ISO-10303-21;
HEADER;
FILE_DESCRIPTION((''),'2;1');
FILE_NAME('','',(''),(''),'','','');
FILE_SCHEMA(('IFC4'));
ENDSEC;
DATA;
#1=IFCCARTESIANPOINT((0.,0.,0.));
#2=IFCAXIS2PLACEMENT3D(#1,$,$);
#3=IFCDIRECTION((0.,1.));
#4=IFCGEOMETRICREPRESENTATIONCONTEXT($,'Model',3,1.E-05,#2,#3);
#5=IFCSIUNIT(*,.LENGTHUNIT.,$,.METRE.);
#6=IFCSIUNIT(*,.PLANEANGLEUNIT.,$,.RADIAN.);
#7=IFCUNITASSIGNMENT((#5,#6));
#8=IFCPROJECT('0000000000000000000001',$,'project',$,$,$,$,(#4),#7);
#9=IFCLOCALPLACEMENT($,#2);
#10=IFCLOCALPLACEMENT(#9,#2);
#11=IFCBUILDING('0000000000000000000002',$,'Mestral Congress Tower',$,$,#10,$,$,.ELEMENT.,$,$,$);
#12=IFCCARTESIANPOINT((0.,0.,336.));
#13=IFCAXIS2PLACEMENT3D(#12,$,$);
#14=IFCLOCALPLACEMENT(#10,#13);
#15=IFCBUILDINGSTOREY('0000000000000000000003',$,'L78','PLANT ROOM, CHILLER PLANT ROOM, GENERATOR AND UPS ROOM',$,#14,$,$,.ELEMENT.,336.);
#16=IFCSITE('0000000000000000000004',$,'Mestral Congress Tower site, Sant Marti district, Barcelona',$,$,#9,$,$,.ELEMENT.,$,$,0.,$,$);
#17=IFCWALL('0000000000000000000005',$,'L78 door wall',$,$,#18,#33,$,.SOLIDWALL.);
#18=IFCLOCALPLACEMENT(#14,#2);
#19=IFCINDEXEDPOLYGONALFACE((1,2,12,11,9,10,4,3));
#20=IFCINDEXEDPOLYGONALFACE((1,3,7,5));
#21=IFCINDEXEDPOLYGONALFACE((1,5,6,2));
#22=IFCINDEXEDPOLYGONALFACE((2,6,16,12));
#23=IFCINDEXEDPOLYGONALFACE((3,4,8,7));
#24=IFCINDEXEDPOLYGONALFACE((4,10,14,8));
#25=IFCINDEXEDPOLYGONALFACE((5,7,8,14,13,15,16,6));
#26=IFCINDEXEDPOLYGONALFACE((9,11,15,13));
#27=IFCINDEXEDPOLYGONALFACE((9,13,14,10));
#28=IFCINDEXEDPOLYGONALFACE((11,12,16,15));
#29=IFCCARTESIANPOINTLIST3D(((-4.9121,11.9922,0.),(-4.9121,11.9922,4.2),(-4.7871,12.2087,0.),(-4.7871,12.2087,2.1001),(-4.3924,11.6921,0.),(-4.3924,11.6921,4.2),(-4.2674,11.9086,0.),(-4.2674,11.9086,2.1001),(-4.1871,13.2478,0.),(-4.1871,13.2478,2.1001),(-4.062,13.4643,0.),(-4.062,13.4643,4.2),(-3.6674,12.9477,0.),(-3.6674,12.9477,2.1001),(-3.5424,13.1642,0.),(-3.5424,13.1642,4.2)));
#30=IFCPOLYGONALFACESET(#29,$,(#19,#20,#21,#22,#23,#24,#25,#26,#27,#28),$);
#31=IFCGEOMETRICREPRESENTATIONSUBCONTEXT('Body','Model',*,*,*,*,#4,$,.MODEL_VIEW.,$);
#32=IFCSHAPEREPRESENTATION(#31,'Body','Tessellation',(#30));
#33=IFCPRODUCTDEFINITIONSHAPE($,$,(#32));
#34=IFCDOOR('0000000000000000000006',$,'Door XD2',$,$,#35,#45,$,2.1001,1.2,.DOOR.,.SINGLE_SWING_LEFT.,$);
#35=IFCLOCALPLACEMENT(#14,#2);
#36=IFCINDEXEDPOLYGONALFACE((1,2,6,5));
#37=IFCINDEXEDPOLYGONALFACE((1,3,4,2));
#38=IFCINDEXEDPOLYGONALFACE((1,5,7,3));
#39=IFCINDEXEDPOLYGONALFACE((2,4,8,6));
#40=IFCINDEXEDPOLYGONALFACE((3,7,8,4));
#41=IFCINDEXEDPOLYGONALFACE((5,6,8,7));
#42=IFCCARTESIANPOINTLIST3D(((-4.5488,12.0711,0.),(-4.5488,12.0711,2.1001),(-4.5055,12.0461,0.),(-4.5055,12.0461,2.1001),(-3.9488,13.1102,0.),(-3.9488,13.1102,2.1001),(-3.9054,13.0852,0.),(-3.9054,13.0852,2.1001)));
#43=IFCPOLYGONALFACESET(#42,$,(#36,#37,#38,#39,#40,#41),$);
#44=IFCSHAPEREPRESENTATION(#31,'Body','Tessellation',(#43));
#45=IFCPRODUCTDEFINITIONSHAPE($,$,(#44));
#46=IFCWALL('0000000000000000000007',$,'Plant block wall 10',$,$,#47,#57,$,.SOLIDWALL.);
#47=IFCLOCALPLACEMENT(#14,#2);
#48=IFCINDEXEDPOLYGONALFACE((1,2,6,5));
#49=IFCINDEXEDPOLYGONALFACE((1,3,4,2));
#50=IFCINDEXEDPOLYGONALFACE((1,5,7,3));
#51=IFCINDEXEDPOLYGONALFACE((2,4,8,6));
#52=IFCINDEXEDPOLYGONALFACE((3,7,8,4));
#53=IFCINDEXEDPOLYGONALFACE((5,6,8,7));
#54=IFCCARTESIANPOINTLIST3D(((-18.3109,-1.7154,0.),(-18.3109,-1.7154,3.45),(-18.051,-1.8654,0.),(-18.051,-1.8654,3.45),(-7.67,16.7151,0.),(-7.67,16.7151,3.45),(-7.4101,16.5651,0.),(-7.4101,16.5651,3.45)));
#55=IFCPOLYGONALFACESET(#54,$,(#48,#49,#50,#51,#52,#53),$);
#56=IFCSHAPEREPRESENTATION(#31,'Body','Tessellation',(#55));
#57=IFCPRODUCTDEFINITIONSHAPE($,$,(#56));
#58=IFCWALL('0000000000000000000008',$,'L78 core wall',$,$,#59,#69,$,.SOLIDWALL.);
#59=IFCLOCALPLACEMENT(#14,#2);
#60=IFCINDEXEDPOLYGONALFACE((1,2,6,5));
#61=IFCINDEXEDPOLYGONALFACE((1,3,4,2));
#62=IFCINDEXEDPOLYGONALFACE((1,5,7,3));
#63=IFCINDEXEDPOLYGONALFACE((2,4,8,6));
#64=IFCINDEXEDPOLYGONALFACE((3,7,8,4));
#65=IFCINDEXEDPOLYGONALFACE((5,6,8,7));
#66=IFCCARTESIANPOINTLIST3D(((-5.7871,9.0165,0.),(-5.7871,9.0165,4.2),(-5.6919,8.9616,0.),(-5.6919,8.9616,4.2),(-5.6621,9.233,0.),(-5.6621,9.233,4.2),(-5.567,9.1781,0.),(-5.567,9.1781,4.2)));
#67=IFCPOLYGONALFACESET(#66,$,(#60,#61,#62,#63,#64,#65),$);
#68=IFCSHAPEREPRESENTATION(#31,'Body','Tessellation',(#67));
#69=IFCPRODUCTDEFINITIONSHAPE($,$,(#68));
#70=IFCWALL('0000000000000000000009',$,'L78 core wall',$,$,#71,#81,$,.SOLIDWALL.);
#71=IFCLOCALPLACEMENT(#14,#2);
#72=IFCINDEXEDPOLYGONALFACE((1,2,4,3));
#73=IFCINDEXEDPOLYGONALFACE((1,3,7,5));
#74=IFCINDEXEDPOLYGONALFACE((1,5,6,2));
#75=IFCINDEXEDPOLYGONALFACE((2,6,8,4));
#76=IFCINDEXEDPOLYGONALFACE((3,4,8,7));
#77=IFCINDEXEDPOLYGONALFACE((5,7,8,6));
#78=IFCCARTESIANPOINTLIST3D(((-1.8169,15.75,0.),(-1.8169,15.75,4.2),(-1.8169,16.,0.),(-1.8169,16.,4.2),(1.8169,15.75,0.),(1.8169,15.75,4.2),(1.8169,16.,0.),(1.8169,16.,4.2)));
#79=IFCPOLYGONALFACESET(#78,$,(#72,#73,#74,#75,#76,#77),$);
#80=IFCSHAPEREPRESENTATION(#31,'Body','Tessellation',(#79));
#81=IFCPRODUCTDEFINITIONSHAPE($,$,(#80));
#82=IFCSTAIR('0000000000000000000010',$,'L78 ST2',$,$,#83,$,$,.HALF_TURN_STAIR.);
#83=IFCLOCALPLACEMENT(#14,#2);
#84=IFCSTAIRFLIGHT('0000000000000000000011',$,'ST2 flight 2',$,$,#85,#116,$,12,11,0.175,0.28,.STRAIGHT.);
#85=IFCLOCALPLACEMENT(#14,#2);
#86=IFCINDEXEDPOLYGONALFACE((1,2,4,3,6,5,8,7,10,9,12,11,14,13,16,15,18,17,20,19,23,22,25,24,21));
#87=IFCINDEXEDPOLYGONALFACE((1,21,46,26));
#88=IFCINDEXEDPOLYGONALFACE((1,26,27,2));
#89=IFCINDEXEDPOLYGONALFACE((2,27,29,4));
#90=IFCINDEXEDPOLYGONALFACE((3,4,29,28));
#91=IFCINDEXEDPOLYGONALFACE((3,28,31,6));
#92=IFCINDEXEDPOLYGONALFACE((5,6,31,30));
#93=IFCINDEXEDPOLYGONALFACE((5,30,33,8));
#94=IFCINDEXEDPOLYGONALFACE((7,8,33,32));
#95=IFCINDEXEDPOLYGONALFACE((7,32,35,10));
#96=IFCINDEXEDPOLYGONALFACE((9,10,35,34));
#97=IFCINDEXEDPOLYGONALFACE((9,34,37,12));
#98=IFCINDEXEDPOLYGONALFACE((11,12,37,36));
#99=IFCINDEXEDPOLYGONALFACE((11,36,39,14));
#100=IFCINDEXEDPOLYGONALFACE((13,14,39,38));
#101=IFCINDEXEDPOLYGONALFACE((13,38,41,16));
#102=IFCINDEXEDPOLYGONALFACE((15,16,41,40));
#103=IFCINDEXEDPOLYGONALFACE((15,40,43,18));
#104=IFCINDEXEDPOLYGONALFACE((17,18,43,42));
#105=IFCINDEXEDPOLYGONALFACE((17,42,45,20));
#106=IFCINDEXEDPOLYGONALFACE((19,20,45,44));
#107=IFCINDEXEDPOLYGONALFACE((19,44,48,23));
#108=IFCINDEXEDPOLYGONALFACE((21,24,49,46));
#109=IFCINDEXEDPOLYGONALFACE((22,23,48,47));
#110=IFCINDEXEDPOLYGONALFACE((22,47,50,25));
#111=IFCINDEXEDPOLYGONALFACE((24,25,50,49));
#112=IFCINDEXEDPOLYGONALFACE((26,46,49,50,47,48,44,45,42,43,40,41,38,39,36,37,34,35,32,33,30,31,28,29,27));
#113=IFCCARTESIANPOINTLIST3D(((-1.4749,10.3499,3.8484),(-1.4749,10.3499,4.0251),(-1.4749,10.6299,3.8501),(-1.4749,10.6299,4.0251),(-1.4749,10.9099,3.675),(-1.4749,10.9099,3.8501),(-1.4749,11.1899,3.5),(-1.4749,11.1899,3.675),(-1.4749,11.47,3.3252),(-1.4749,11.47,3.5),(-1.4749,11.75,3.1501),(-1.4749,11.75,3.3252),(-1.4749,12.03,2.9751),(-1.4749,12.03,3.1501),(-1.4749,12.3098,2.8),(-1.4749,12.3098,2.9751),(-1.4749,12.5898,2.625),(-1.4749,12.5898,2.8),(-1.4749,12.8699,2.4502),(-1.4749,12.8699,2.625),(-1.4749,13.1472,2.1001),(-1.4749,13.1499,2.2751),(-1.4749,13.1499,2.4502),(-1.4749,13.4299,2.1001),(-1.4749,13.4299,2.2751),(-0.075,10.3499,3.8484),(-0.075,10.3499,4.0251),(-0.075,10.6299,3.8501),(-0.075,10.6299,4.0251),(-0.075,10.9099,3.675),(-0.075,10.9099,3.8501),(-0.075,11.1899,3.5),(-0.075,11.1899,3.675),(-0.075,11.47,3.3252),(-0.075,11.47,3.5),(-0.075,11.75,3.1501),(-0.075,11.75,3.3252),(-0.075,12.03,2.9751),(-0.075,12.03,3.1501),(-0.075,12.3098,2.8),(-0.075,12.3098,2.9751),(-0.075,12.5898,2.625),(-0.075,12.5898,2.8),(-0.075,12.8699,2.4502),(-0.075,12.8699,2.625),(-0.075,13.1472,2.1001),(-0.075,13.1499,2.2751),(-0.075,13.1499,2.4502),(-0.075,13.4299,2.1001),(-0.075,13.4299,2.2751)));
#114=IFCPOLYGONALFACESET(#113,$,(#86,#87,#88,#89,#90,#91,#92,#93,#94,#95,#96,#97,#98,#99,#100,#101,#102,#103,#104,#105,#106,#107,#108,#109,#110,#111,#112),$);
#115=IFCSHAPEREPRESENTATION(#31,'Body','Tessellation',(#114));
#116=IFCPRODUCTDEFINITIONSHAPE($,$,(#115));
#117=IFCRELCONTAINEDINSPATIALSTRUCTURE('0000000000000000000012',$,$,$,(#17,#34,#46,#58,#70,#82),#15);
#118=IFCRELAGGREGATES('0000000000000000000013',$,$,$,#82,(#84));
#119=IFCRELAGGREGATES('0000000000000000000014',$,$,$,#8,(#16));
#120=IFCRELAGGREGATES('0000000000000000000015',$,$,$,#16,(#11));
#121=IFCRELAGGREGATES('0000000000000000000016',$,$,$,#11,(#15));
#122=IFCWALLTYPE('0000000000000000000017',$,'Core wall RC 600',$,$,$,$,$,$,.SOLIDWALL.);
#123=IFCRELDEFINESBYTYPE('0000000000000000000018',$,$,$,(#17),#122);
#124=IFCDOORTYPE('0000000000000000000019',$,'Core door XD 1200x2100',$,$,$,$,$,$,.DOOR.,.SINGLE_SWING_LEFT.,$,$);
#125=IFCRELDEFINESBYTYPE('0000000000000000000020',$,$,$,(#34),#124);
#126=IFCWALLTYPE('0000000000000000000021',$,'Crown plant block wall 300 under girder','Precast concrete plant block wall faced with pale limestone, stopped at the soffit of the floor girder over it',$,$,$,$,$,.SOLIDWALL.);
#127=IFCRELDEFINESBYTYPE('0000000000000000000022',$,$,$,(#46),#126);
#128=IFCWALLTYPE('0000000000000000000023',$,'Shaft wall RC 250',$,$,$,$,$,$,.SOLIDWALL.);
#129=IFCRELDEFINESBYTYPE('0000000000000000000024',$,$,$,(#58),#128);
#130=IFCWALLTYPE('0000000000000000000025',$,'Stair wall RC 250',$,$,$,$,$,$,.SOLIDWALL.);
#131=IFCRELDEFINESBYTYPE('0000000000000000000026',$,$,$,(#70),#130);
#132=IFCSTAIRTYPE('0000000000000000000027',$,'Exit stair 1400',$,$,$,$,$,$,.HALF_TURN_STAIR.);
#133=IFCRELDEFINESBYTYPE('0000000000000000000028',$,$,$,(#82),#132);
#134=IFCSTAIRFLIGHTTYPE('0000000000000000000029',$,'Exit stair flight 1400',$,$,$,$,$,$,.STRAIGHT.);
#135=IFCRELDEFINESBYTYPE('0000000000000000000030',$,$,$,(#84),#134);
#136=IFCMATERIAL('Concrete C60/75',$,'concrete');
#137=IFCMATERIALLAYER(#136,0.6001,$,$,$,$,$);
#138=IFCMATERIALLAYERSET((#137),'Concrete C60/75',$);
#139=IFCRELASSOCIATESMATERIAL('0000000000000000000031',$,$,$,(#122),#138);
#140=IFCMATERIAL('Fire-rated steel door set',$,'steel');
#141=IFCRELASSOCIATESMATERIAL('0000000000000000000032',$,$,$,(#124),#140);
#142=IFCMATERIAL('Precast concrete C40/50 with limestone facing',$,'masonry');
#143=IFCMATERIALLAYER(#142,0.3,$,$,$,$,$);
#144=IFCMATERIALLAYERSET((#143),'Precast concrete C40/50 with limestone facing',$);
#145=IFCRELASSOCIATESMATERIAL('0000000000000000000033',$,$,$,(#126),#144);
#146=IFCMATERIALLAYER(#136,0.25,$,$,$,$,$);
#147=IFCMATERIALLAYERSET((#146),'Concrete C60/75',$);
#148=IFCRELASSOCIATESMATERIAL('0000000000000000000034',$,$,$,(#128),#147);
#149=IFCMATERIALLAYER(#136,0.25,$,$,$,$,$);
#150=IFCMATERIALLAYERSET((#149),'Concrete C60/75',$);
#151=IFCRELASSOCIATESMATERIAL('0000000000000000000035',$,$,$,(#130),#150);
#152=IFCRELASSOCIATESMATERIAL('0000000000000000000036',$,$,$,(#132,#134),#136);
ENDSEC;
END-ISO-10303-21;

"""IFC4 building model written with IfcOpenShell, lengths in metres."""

from ifc_helpers import new_model, si_unit, direction, frame, frame_2d, origin, place, context, subcontext, project, spatial, polyline, rectangle, outline, extrude, material, layer, layer_set, type_object, element, fill, aggregate, save


model = new_model("IFC4")

# Units and contexts
model_context = context("Model", 3, precision=1e-05, world=origin(), true_north=direction((0.0, 1.0)))
body_context = subcontext(model_context, "Body", "Model", "MODEL_VIEW")
ifc_project = project(units=[si_unit("LENGTHUNIT", "METRE"), si_unit("PLANEANGLEUNIT", "RADIAN")], contexts=[model_context])

# Site, building, storey
site_placement = place(None, origin())
site = spatial("IfcSite", under=ifc_project, at=site_placement, Name="Mestral Congress Tower site, Sant Marti district, Barcelona", CompositionType="ELEMENT", RefElevation=0.0)
building_placement = place(site_placement, origin())
building = spatial("IfcBuilding", under=site, at=building_placement, Name="Mestral Congress Tower", CompositionType="ELEMENT")
storey_placement = place(building_placement, frame((0.0, 0.0, 336.0)))
storey = spatial("IfcBuildingStorey", under=building, at=storey_placement, Name="L78", Description="PLANT ROOM, CHILLER PLANT ROOM, GENERATOR AND UPS ROOM", CompositionType="ELEMENT", Elevation=336.0)

# Shared definitions
placement = place(storey_placement, origin())

# Shared definitions
ifc_material_1 = material(Name="Concrete C60/75", Category="concrete")
ifc_layer_1 = layer(ifc_material_1, 0.6001)
ifc_layer_set_1 = layer_set([ifc_layer_1], Name="Concrete C60/75")
wall_type_1 = type_object("IfcWallType", Name="Core wall RC 600", PredefinedType="SOLIDWALL", material=ifc_layer_set_1)

# Wall, opening, door
wall_1_placement = place(storey_placement, frame((-4.6523, 11.842, 0.0), z_axis=(0.0, 0.0, 1.0), x_axis=(0.500062, 0.865989, 0.0)))
wall_1 = element("IfcWall", 1, at=wall_1_placement, inside=storey, type_object=wall_type_1, Name="L78 door wall", PredefinedType="SOLIDWALL", context=body_context, shape_type="SweptSolid", body=[
    extrude(rectangle(XDim=1.7, YDim=0.6001, at=frame_2d((0.8501, 0.0))), origin(), (0.0, 0.0, 1.0), 4.2),
])
opening_placement = place(wall_1_placement, frame((0.25, 0.0, 0.0)))
opening = element("IfcOpeningElement", 2, at=opening_placement, cuts=wall_1, PredefinedType="OPENING", context=body_context, shape_type="SweptSolid", body=[
    extrude(rectangle(XDim=1.2, YDim=2.1001, at=frame_2d((0.6001, 1.05))), frame((0.0, 0.3101, 0.0), z_axis=(0.0, -1.0, 0.0), x_axis=(1.0, 0.0, 0.0)), (0.0, 0.0, 1.0), 0.6201),
])
ifc_material_2 = material(Name="Fire-rated steel door set", Category="steel")
door_type = type_object("IfcDoorType", Name="Core door XD 1200x2100", OperationType="SINGLE_SWING_LEFT", PredefinedType="DOOR", material=ifc_material_2)
door_placement = place(opening_placement, origin())
door = element("IfcDoor", 3, at=door_placement, inside=storey, type_object=door_type, Name="Door XD2", OperationType="SINGLE_SWING_LEFT", OverallHeight=2.1001, OverallWidth=1.2, PredefinedType="DOOR", context=body_context, shape_type="SweptSolid", body=[
    extrude(rectangle(XDim=1.2, YDim=2.1001, at=frame_2d((0.6001, 1.05))), frame((0.0, 0.0249, 0.0), z_axis=(0.0, -1.0, 0.0), x_axis=(1.0, 0.0, 0.0)), (0.0, 0.0, 1.0), 0.05),
])
fill(opening, door)

# Walls
ifc_material_3 = material(Name="Precast concrete C40/50 with limestone facing", Category="masonry")
ifc_layer_2 = layer(ifc_material_3, 0.3)
ifc_layer_set_2 = layer_set([ifc_layer_2], Name="Precast concrete C40/50 with limestone facing")
wall_type_2 = type_object("IfcWallType", Name="Crown plant block wall 300 under girder", Description="Precast concrete plant block wall faced with pale limestone, stopped at the soffit of the floor girder over it", PredefinedType="SOLIDWALL", material=ifc_layer_set_2)
wall_2_placement = place(storey_placement, frame((-7.54, 16.6401, 0.0), z_axis=(0.0, 0.0, 1.0), x_axis=(-0.500002, -0.866024, 0.0)))
element("IfcWall", 4, at=wall_2_placement, inside=storey, type_object=wall_type_2, Name="Plant block wall 10", PredefinedType="SOLIDWALL", context=body_context, shape_type="SweptSolid", body=[
    extrude(rectangle(XDim=21.2817, YDim=0.3, at=frame_2d((10.6409, 0.0))), origin(), (0.0, 0.0, 1.0), 3.45),
])
ifc_layer_3 = layer(ifc_material_1, 0.25)
ifc_layer_set_3 = layer_set([ifc_layer_3], Name="Concrete C60/75")
wall_type_3 = type_object("IfcWallType", Name="Shaft wall RC 250", PredefinedType="SOLIDWALL", material=ifc_layer_set_3)
wall_3_placement = place(storey_placement, frame((-5.7246, 9.1248, 0.0), z_axis=(0.0, 0.0, 1.0), x_axis=(0.866186, -0.499722, 0.0)))
element("IfcWall", 5, at=wall_3_placement, inside=storey, type_object=wall_type_3, Name="L78 core wall", PredefinedType="SOLIDWALL", context=body_context, shape_type="SweptSolid", body=[
    extrude(rectangle(XDim=0.1099, YDim=0.25, at=frame_2d((0.0549, 0.0))), origin(), (0.0, 0.0, 1.0), 4.2),
])
ifc_layer_4 = layer(ifc_material_1, 0.25)
ifc_layer_set_4 = layer_set([ifc_layer_4], Name="Concrete C60/75")
wall_type_4 = type_object("IfcWallType", Name="Stair wall RC 250", PredefinedType="SOLIDWALL", material=ifc_layer_set_4)
wall_4_placement = place(storey_placement, frame((-1.8169, 15.875, 0.0), z_axis=(0.0, 0.0, 1.0), x_axis=(1.0, 0.0, 0.0)))
element("IfcWall", 6, at=wall_4_placement, inside=storey, type_object=wall_type_4, Name="L78 core wall", PredefinedType="SOLIDWALL", context=body_context, shape_type="SweptSolid", body=[
    extrude(rectangle(XDim=3.6338, YDim=0.25, at=frame_2d((1.8169, 0.0))), origin(), (0.0, 0.0, 1.0), 4.2),
])

# Stair, stair flight
stair_type = type_object("IfcStairType", Name="Exit stair 1400", PredefinedType="HALF_TURN_STAIR", material=ifc_material_1)
stair = element("IfcStair", 7, at=placement, inside=storey, type_object=stair_type, Name="L78 ST2", PredefinedType="HALF_TURN_STAIR")
stair_flight_type = type_object("IfcStairFlightType", Name="Exit stair flight 1400", PredefinedType="STRAIGHT", material=ifc_material_1)
stair_flight_placement = place(storey_placement, frame((-0.7749, 13.4299, 2.1001), z_axis=(0.0, 0.0, 1.0), x_axis=(0.0, -1.0, 0.0)))
stair_flight = element("IfcStairFlight", 8, at=stair_flight_placement, type_object=stair_flight_type, Name="ST2 flight 2", NumberOfRisers=12, NumberOfTreads=11, PredefinedType="STRAIGHT", RiserHeight=0.175, TreadLength=0.28, context=body_context, shape_type="SweptSolid", body=[
    extrude(outline(polyline([(0.0, 0.0), (0.0, 0.175), (0.28, 0.175), (0.28, 0.3501), (0.5601, 0.3501), (0.5601, 0.5249), (0.8401, 0.5249), (0.8401, 0.7), (1.1201, 0.7), (1.1201, 0.875), (1.3999, 0.875), (1.3999, 1.05), (1.6799, 1.05), (1.6799, 1.2251), (1.96, 1.2251), (1.96, 1.3999), (2.24, 1.3999), (2.24, 1.575), (2.52, 1.575), (2.52, 1.75), (2.8, 1.75), (2.8, 1.925), (3.0801, 1.925), (3.0801, 2.1001), (3.0801, 1.7483), (0.2827, 0.0), (0.0, 0.0)])), frame((0.0, 0.7, 0.0), z_axis=(0.0, -1.0, 0.0), x_axis=(1.0, 0.0, 0.0)), (0.0, 0.0, 1.0), 1.3999),
])
aggregate(stair, [stair_flight])

save(model, "model.ifc")
